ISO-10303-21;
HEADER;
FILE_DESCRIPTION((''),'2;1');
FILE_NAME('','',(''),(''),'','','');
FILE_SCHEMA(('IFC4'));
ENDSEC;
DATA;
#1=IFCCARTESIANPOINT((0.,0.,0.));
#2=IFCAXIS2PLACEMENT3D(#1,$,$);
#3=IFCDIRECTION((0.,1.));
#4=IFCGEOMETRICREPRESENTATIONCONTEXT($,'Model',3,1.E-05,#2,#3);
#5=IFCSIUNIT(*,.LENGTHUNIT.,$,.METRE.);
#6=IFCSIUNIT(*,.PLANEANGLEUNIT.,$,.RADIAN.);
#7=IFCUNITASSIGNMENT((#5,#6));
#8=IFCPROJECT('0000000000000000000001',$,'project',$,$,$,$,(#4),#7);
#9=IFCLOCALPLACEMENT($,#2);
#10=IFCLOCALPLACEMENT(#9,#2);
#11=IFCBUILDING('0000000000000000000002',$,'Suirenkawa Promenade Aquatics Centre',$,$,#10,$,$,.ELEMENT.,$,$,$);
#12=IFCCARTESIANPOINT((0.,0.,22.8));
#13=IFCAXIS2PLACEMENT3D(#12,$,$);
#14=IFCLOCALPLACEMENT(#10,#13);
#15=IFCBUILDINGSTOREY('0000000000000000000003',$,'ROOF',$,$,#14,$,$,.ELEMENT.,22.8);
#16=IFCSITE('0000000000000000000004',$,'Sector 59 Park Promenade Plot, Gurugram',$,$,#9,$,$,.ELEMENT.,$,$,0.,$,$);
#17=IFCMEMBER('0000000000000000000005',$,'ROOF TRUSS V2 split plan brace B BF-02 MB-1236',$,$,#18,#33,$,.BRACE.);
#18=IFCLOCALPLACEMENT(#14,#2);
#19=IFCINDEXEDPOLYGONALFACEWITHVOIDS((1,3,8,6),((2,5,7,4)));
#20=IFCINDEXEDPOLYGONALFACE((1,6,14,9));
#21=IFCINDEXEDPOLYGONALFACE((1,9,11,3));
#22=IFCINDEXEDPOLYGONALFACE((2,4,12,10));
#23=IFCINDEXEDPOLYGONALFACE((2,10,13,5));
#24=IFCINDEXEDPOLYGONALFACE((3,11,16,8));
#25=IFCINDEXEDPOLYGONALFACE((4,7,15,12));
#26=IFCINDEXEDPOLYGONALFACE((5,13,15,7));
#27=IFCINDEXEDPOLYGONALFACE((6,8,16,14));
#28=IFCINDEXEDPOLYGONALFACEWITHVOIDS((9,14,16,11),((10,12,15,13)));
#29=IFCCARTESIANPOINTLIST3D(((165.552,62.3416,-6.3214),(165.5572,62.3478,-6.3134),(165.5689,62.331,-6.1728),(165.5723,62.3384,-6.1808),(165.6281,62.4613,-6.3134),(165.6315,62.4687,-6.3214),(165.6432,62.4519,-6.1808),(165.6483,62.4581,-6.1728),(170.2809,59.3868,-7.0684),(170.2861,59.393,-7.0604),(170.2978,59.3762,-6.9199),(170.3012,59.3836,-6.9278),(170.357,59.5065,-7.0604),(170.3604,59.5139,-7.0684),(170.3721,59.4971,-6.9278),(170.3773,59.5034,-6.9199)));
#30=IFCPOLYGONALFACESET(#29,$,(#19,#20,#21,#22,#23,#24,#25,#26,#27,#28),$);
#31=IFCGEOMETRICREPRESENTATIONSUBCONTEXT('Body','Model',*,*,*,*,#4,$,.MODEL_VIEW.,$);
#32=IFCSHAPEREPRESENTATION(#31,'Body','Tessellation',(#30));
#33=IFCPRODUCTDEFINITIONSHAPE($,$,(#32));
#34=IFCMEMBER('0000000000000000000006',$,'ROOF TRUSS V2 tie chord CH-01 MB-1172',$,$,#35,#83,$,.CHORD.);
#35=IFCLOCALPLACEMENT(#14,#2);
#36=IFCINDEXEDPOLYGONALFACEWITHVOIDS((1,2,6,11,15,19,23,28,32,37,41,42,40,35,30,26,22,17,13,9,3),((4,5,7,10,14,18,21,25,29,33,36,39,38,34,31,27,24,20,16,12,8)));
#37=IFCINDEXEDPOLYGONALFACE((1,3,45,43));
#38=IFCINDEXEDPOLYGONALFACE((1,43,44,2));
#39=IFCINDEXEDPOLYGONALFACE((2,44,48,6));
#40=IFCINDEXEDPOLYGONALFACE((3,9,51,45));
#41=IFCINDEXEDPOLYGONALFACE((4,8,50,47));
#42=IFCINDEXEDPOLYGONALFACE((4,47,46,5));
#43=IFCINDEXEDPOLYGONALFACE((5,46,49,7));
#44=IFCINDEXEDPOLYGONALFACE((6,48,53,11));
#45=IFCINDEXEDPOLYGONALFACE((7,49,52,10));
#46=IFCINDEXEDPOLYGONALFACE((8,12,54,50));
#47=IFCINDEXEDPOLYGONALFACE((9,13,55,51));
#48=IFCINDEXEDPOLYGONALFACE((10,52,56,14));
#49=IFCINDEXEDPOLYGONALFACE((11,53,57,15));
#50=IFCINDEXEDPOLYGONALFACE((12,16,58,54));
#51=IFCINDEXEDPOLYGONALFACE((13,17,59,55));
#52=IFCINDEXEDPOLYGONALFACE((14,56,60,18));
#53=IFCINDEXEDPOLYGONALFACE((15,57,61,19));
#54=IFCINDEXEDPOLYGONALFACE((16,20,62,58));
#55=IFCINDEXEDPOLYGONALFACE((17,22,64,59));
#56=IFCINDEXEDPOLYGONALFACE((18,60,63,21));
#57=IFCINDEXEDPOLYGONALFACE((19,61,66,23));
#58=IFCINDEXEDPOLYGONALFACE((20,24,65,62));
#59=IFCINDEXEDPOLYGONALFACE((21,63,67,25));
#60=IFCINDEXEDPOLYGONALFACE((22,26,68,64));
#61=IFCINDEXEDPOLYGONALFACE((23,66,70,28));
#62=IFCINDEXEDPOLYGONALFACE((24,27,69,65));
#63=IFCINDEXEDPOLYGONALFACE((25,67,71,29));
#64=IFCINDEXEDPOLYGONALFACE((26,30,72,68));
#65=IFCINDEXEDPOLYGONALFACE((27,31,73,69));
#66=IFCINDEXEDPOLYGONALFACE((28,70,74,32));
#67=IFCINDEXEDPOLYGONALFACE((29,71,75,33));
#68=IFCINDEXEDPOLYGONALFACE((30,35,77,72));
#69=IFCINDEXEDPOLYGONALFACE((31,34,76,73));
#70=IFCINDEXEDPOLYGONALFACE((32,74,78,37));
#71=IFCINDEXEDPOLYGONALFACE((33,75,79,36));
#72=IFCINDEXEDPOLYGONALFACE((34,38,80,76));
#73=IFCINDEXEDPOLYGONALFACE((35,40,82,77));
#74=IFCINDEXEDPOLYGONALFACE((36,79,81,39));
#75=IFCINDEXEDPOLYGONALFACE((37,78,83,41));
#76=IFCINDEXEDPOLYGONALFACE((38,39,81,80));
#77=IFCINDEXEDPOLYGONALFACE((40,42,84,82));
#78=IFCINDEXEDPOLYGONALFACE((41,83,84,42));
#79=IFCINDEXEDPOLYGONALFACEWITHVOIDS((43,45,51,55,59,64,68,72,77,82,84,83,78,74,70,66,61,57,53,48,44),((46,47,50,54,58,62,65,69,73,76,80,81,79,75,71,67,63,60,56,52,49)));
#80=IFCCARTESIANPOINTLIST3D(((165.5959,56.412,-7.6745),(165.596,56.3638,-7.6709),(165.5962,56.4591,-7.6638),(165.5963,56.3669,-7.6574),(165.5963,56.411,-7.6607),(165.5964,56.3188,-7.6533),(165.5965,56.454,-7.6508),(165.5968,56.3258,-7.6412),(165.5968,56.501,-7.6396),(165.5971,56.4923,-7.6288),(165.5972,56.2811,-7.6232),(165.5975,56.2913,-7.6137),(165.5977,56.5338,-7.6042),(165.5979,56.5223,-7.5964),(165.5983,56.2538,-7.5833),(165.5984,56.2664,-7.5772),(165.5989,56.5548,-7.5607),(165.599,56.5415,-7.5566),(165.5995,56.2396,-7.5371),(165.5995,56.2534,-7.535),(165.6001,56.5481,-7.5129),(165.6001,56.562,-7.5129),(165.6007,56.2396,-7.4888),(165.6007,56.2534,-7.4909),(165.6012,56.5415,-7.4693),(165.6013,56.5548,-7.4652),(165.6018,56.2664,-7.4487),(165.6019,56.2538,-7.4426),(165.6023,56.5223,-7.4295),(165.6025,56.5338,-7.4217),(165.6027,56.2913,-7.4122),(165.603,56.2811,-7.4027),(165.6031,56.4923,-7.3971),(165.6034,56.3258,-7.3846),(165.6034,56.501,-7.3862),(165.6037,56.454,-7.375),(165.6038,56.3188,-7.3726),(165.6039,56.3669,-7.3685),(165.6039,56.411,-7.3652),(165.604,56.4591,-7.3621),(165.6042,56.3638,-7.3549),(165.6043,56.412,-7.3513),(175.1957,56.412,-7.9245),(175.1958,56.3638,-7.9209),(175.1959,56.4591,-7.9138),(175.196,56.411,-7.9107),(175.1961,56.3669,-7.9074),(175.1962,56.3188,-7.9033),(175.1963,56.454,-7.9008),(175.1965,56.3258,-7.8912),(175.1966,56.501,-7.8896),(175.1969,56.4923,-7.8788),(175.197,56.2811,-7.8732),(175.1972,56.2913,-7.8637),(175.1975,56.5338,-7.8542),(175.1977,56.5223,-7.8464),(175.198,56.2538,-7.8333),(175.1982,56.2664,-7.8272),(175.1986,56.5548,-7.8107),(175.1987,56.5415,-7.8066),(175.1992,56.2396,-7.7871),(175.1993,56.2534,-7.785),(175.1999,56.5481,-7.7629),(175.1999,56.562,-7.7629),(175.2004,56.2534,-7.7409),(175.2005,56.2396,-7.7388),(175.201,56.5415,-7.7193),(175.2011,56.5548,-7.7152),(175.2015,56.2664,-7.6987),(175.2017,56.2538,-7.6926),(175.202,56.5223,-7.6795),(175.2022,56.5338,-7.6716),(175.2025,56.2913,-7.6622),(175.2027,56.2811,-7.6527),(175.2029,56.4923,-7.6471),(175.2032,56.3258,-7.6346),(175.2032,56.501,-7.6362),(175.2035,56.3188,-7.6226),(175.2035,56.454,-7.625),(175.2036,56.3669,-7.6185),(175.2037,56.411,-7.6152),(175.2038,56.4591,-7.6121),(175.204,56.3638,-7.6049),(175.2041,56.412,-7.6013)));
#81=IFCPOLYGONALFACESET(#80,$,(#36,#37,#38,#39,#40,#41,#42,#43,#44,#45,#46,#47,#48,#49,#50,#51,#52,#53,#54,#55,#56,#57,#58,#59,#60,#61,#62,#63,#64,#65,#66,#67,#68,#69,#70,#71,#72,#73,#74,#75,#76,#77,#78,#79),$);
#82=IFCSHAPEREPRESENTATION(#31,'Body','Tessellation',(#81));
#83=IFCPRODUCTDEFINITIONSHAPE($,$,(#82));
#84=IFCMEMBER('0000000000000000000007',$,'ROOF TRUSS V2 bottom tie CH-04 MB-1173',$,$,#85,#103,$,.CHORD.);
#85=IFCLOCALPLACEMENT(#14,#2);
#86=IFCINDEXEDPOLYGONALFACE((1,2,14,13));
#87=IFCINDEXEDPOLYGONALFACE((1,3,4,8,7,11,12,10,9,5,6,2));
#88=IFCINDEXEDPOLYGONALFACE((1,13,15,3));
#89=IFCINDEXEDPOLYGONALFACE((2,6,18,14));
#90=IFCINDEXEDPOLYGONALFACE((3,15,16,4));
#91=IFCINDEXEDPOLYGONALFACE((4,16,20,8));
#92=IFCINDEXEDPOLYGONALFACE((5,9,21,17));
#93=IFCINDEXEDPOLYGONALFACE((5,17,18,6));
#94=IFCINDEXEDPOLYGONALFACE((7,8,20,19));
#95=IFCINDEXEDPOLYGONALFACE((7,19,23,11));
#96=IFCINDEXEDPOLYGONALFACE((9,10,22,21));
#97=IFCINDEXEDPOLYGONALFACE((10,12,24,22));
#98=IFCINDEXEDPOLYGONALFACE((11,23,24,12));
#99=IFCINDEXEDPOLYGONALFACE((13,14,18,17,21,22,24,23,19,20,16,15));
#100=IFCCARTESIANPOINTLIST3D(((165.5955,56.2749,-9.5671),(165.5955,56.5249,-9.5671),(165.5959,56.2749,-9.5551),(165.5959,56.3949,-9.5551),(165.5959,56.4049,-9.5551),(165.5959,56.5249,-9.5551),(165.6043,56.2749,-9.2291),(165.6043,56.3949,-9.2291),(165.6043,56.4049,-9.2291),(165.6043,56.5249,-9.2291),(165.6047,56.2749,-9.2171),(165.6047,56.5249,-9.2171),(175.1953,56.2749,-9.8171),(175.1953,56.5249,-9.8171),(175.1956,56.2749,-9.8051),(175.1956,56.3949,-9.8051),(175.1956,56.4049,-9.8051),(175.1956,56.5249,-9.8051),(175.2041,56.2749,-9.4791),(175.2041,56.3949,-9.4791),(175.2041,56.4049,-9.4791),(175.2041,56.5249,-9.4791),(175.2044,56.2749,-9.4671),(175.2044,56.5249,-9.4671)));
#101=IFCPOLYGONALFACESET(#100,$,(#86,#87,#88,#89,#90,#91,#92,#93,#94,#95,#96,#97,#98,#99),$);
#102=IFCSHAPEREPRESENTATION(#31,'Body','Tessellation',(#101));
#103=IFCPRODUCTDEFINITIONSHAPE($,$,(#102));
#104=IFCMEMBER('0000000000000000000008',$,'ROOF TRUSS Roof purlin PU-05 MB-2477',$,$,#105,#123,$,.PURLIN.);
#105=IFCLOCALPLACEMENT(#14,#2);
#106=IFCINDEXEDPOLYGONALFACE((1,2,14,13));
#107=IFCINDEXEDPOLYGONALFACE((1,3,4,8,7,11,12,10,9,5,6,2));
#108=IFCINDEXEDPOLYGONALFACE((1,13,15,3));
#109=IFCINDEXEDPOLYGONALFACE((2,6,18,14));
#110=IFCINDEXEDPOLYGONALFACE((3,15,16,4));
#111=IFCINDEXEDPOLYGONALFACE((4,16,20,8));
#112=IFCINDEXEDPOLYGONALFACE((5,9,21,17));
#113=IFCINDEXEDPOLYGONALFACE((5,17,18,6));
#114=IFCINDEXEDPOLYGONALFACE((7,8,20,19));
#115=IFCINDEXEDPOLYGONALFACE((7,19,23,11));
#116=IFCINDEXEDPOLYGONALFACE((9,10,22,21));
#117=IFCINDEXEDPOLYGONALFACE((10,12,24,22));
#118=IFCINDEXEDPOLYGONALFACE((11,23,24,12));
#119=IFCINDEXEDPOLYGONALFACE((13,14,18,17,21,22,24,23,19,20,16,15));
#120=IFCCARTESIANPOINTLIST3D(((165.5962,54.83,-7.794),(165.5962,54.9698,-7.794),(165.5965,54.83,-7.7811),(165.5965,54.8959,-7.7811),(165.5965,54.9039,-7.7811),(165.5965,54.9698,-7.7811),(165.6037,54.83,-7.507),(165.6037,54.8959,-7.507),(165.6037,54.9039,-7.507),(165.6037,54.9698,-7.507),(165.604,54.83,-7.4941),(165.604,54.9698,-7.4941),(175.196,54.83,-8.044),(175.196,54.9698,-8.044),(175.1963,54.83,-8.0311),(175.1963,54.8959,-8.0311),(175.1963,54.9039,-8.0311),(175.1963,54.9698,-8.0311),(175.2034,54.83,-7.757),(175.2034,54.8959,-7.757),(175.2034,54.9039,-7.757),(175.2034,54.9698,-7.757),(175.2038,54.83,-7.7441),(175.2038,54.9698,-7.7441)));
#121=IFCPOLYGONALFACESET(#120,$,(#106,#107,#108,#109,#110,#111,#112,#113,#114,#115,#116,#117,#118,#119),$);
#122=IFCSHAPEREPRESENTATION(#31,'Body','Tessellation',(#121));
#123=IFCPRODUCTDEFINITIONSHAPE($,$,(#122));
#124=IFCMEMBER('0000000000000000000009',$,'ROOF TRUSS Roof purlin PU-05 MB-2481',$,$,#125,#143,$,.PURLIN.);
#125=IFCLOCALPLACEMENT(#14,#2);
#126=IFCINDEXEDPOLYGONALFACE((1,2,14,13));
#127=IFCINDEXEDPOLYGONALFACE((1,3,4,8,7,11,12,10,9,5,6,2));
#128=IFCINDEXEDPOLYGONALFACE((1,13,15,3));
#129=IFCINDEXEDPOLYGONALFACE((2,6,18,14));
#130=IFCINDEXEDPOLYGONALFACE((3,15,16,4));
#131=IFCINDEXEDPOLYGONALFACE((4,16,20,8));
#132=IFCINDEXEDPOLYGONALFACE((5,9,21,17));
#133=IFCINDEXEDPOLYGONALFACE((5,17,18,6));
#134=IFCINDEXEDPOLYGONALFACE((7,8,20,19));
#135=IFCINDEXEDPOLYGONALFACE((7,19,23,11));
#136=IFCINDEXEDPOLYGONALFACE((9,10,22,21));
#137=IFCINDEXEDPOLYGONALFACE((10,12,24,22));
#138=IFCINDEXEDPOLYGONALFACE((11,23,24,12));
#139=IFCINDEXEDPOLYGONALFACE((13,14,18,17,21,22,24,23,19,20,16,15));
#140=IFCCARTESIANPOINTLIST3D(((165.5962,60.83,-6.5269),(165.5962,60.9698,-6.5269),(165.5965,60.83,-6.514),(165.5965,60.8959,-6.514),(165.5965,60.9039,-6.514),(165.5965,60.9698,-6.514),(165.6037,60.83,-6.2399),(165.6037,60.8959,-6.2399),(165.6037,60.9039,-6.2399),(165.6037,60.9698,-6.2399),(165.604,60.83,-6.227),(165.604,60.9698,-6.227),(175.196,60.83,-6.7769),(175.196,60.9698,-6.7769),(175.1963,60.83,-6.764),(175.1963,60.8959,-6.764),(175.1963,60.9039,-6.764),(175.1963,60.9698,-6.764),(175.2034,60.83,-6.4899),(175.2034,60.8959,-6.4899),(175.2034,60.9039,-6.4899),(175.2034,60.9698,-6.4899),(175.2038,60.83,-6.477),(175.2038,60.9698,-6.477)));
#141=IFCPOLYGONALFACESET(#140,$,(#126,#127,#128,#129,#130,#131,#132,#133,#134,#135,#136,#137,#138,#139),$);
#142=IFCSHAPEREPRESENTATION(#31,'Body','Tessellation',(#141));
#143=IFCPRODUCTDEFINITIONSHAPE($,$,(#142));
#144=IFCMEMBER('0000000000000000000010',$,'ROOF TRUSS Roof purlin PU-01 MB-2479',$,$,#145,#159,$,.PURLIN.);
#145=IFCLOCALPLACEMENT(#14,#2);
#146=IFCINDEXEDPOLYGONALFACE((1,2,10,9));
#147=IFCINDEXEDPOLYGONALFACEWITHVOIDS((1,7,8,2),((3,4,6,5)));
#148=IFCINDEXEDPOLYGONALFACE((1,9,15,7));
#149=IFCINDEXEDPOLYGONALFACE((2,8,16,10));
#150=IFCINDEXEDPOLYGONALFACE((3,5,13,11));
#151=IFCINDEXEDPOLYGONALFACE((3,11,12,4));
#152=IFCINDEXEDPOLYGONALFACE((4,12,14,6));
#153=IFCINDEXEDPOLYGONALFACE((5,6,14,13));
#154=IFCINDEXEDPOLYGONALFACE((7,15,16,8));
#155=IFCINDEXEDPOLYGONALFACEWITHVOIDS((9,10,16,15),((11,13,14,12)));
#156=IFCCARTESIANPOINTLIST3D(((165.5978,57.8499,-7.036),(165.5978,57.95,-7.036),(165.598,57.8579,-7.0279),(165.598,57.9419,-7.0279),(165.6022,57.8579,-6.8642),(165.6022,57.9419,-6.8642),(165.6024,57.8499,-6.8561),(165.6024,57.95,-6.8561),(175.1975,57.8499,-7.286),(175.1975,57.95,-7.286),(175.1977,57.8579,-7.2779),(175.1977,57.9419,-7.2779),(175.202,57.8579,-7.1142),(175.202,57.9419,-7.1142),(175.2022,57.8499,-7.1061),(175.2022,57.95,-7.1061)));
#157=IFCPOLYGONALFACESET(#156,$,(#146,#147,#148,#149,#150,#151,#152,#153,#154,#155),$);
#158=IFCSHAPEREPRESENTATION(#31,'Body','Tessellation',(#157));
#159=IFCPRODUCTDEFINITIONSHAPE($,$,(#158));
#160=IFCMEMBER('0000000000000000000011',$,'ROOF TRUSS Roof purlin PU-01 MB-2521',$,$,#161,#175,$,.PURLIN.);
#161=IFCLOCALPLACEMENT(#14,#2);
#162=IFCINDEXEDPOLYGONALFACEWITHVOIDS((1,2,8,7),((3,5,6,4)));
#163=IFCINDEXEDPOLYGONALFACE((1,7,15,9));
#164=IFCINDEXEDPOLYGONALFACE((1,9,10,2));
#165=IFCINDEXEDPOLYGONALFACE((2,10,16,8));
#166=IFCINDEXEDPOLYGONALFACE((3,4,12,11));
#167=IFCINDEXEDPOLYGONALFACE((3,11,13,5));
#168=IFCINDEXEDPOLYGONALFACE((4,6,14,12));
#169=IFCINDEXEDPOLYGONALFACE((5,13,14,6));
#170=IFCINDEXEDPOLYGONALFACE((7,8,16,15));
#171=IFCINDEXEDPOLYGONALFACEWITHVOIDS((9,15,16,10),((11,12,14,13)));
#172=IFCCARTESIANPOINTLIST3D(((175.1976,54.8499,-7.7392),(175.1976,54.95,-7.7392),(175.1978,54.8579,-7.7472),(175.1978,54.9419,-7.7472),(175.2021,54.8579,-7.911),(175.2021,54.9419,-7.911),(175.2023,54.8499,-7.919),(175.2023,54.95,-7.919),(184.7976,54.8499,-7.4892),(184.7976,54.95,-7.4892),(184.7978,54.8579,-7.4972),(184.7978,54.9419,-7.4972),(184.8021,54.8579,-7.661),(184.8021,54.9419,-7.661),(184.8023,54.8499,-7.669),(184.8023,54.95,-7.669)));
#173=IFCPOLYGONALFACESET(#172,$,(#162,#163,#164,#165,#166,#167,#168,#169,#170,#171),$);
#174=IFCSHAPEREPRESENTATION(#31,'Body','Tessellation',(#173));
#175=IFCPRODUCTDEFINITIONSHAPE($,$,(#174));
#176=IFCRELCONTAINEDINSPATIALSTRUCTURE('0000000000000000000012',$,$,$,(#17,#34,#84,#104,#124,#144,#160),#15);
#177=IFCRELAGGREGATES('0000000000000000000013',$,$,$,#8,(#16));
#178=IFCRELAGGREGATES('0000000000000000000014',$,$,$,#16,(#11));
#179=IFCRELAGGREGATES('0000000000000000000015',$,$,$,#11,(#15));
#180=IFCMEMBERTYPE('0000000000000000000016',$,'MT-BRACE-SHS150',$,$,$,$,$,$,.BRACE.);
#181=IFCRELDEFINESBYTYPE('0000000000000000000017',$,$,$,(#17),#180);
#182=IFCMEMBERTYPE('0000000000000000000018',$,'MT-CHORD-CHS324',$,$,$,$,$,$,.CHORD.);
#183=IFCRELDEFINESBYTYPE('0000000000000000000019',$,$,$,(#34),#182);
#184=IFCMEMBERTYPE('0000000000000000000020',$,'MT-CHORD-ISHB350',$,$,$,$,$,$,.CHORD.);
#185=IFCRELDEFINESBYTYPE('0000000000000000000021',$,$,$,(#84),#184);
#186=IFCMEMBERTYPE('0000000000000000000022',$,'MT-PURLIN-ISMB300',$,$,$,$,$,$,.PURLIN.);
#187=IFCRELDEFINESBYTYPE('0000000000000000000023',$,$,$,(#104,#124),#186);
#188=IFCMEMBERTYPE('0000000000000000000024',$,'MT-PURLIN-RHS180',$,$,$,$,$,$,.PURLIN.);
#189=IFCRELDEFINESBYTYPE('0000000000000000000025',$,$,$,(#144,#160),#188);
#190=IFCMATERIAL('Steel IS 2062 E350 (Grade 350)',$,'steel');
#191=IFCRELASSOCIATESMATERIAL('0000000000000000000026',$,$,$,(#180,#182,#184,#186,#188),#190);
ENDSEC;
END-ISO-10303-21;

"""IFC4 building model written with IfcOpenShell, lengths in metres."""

from ifc_helpers import new_model, si_unit, direction, frame, origin, origin_2d, place, context, subcontext, project, spatial, hollow_rectangle, hollow_circle, i_section, extrude, material, material_profile, profile_set, type_object, element, save


model = new_model("IFC4")

# Units and contexts
model_context = context("Model", 3, precision=1e-05, world=origin(), true_north=direction((0.0, 1.0)))
body_context = subcontext(model_context, "Body", "Model", "MODEL_VIEW")
ifc_project = project(units=[si_unit("LENGTHUNIT", "METRE"), si_unit("PLANEANGLEUNIT", "RADIAN")], contexts=[model_context])

# Site, building, storey
site_placement = place(None, origin())
site = spatial("IfcSite", under=ifc_project, at=site_placement, Name="Sector 59 Park Promenade Plot, Gurugram", CompositionType="ELEMENT", RefElevation=0.0)
building_placement = place(site_placement, origin())
building = spatial("IfcBuilding", under=site, at=building_placement, Name="Suirenkawa Promenade Aquatics Centre", CompositionType="ELEMENT")
storey_placement = place(building_placement, frame((0.0, 0.0, 22.8)))
storey = spatial("IfcBuildingStorey", under=building, at=storey_placement, Name="ROOF", CompositionType="ELEMENT", Elevation=22.8)

# Shared definitions
ifc_material = material(Name="Steel IS 2062 E350 (Grade 350)", Category="steel")

# Members
ifc_material_profile_1 = material_profile(ifc_material, hollow_rectangle(XDim=0.1499, YDim=0.1499, WallThickness=0.0081, at=origin_2d()), Name="SHS 150x150x8", Category="steel")
ifc_profile_set_1 = profile_set([ifc_material_profile_1], Name="Steel IS 2062 E350 (Grade 350)")
member_type_1 = type_object("IfcMemberType", Name="MT-BRACE-SHS150", PredefinedType="BRACE", material=ifc_profile_set_1)
member_1_placement = place(storey_placement, frame((170.3291, 59.4451, -6.9941), z_axis=(-0.840552, 0.525204, 0.132787), x_axis=(-0.529897, -0.848062, 0.0)))
element("IfcMember", 1, at=member_1_placement, inside=storey, type_object=member_type_1, Name="ROOF TRUSS V2 split plan brace B BF-02 MB-1236", PredefinedType="BRACE", context=body_context, shape_type="SweptSolid", body=[
    extrude(hollow_rectangle(XDim=0.1499, YDim=0.1499, WallThickness=0.0081, at=origin_2d()), origin(), (0.0, 0.0, 1.0), 5.626),
])
ifc_material_profile_2 = material_profile(ifc_material, hollow_circle(Radius=0.1621, WallThickness=0.0139, at=origin_2d()), Name="CHS 324x14", Category="steel")
ifc_profile_set_2 = profile_set([ifc_material_profile_2], Name="Steel IS 2062 E350 (Grade 350)")
member_type_2 = type_object("IfcMemberType", Name="MT-CHORD-CHS324", PredefinedType="CHORD", material=ifc_profile_set_2)
member_2_placement = place(storey_placement, frame((165.6001, 56.3999, -7.5129), z_axis=(0.999661, 0.0, -0.026033), x_axis=(0.0, 1.0, 0.0)))
element("IfcMember", 2, at=member_2_placement, inside=storey, type_object=member_type_2, Name="ROOF TRUSS V2 tie chord CH-01 MB-1172", PredefinedType="CHORD", context=body_context, shape_type="SweptSolid", body=[
    extrude(hollow_circle(Radius=0.1621, WallThickness=0.0139, at=origin_2d()), origin(), (0.0, 0.0, 1.0), 9.603),
])
ifc_material_profile_3 = material_profile(ifc_material, i_section(OverallWidth=0.25, OverallDepth=0.3501, WebThickness=0.01, FlangeThickness=0.012, at=origin_2d()), Name="ISHB 350", Category="steel")
ifc_profile_set_3 = profile_set([ifc_material_profile_3], Name="Steel IS 2062 E350 (Grade 350)")
member_type_3 = type_object("IfcMemberType", Name="MT-CHORD-ISHB350", PredefinedType="CHORD", material=ifc_profile_set_3)
member_3_placement = place(storey_placement, frame((165.6001, 56.3999, -9.3921), z_axis=(0.999661, 0.0, -0.026033), x_axis=(0.0, 1.0, 0.0)))
element("IfcMember", 3, at=member_3_placement, inside=storey, type_object=member_type_3, Name="ROOF TRUSS V2 bottom tie CH-04 MB-1173", PredefinedType="CHORD", context=body_context, shape_type="SweptSolid", body=[
    extrude(i_section(OverallWidth=0.25, OverallDepth=0.3501, WebThickness=0.01, FlangeThickness=0.012, at=origin_2d()), origin(), (0.0, 0.0, 1.0), 9.603),
])
ifc_material_profile_4 = material_profile(ifc_material, i_section(OverallWidth=0.1399, OverallDepth=0.3, WebThickness=0.0081, FlangeThickness=0.0129, at=origin_2d()), Name="ISMB 300", Category="steel")
ifc_profile_set_4 = profile_set([ifc_material_profile_4], Name="Steel IS 2062 E350 (Grade 350)")
member_type_4 = type_object("IfcMemberType", Name="MT-PURLIN-ISMB300", PredefinedType="PURLIN", material=ifc_profile_set_4)
for number, where, z_axis, x_axis, name in (
    (4, (165.6001, 54.8999, -7.644), (0.999661, 0.0, -0.026033), (0.0, 1.0, 0.0), "ROOF TRUSS Roof purlin PU-05 MB-2477"),
    (5, (165.6001, 60.8999, -6.377), (0.999661, 0.0, -0.026033), (0.0, 1.0, 0.0), "ROOF TRUSS Roof purlin PU-05 MB-2481"),
):
    element("IfcMember", number, at=place(storey_placement, frame(where, z_axis=z_axis, x_axis=x_axis)), inside=storey, type_object=member_type_4, Name=name, PredefinedType="PURLIN", context=body_context, shape_type="SweptSolid", body=[
        extrude(i_section(OverallWidth=0.1399, OverallDepth=0.3, WebThickness=0.0081, FlangeThickness=0.0129, at=origin_2d()), origin(), (0.0, 0.0, 1.0), 9.603),
    ])
ifc_material_profile_5 = material_profile(ifc_material, hollow_rectangle(XDim=0.1001, YDim=0.1799, WallThickness=0.0081, at=origin_2d()), Name="RHS 180x100x8", Category="steel")
ifc_profile_set_5 = profile_set([ifc_material_profile_5], Name="Steel IS 2062 E350 (Grade 350)")
member_type_5 = type_object("IfcMemberType", Name="MT-PURLIN-RHS180", PredefinedType="PURLIN", material=ifc_profile_set_5)
member_4_placement = place(storey_placement, frame((165.6001, 57.8999, -6.946), z_axis=(0.999661, 0.0, -0.026033), x_axis=(0.0, 1.0, 0.0)))
element("IfcMember", 6, at=member_4_placement, inside=storey, type_object=member_type_5, Name="ROOF TRUSS Roof purlin PU-01 MB-2479", PredefinedType="PURLIN", context=body_context, shape_type="SweptSolid", body=[
    extrude(hollow_rectangle(XDim=0.1001, YDim=0.1799, WallThickness=0.0081, at=origin_2d()), origin(), (0.0, 0.0, 1.0), 9.603),
])
member_5_placement = place(storey_placement, frame((175.2, 54.8999, -7.8291), z_axis=(0.999661, 0.0, 0.026033), x_axis=(0.0, 1.0, 0.0)))
element("IfcMember", 7, at=member_5_placement, inside=storey, type_object=member_type_5, Name="ROOF TRUSS Roof purlin PU-01 MB-2521", PredefinedType="PURLIN", context=body_context, shape_type="SweptSolid", body=[
    extrude(hollow_rectangle(XDim=0.1001, YDim=0.1799, WallThickness=0.0081, at=origin_2d()), origin(), (0.0, 0.0, 1.0), 9.6033),
])

save(model, "model.ifc")
